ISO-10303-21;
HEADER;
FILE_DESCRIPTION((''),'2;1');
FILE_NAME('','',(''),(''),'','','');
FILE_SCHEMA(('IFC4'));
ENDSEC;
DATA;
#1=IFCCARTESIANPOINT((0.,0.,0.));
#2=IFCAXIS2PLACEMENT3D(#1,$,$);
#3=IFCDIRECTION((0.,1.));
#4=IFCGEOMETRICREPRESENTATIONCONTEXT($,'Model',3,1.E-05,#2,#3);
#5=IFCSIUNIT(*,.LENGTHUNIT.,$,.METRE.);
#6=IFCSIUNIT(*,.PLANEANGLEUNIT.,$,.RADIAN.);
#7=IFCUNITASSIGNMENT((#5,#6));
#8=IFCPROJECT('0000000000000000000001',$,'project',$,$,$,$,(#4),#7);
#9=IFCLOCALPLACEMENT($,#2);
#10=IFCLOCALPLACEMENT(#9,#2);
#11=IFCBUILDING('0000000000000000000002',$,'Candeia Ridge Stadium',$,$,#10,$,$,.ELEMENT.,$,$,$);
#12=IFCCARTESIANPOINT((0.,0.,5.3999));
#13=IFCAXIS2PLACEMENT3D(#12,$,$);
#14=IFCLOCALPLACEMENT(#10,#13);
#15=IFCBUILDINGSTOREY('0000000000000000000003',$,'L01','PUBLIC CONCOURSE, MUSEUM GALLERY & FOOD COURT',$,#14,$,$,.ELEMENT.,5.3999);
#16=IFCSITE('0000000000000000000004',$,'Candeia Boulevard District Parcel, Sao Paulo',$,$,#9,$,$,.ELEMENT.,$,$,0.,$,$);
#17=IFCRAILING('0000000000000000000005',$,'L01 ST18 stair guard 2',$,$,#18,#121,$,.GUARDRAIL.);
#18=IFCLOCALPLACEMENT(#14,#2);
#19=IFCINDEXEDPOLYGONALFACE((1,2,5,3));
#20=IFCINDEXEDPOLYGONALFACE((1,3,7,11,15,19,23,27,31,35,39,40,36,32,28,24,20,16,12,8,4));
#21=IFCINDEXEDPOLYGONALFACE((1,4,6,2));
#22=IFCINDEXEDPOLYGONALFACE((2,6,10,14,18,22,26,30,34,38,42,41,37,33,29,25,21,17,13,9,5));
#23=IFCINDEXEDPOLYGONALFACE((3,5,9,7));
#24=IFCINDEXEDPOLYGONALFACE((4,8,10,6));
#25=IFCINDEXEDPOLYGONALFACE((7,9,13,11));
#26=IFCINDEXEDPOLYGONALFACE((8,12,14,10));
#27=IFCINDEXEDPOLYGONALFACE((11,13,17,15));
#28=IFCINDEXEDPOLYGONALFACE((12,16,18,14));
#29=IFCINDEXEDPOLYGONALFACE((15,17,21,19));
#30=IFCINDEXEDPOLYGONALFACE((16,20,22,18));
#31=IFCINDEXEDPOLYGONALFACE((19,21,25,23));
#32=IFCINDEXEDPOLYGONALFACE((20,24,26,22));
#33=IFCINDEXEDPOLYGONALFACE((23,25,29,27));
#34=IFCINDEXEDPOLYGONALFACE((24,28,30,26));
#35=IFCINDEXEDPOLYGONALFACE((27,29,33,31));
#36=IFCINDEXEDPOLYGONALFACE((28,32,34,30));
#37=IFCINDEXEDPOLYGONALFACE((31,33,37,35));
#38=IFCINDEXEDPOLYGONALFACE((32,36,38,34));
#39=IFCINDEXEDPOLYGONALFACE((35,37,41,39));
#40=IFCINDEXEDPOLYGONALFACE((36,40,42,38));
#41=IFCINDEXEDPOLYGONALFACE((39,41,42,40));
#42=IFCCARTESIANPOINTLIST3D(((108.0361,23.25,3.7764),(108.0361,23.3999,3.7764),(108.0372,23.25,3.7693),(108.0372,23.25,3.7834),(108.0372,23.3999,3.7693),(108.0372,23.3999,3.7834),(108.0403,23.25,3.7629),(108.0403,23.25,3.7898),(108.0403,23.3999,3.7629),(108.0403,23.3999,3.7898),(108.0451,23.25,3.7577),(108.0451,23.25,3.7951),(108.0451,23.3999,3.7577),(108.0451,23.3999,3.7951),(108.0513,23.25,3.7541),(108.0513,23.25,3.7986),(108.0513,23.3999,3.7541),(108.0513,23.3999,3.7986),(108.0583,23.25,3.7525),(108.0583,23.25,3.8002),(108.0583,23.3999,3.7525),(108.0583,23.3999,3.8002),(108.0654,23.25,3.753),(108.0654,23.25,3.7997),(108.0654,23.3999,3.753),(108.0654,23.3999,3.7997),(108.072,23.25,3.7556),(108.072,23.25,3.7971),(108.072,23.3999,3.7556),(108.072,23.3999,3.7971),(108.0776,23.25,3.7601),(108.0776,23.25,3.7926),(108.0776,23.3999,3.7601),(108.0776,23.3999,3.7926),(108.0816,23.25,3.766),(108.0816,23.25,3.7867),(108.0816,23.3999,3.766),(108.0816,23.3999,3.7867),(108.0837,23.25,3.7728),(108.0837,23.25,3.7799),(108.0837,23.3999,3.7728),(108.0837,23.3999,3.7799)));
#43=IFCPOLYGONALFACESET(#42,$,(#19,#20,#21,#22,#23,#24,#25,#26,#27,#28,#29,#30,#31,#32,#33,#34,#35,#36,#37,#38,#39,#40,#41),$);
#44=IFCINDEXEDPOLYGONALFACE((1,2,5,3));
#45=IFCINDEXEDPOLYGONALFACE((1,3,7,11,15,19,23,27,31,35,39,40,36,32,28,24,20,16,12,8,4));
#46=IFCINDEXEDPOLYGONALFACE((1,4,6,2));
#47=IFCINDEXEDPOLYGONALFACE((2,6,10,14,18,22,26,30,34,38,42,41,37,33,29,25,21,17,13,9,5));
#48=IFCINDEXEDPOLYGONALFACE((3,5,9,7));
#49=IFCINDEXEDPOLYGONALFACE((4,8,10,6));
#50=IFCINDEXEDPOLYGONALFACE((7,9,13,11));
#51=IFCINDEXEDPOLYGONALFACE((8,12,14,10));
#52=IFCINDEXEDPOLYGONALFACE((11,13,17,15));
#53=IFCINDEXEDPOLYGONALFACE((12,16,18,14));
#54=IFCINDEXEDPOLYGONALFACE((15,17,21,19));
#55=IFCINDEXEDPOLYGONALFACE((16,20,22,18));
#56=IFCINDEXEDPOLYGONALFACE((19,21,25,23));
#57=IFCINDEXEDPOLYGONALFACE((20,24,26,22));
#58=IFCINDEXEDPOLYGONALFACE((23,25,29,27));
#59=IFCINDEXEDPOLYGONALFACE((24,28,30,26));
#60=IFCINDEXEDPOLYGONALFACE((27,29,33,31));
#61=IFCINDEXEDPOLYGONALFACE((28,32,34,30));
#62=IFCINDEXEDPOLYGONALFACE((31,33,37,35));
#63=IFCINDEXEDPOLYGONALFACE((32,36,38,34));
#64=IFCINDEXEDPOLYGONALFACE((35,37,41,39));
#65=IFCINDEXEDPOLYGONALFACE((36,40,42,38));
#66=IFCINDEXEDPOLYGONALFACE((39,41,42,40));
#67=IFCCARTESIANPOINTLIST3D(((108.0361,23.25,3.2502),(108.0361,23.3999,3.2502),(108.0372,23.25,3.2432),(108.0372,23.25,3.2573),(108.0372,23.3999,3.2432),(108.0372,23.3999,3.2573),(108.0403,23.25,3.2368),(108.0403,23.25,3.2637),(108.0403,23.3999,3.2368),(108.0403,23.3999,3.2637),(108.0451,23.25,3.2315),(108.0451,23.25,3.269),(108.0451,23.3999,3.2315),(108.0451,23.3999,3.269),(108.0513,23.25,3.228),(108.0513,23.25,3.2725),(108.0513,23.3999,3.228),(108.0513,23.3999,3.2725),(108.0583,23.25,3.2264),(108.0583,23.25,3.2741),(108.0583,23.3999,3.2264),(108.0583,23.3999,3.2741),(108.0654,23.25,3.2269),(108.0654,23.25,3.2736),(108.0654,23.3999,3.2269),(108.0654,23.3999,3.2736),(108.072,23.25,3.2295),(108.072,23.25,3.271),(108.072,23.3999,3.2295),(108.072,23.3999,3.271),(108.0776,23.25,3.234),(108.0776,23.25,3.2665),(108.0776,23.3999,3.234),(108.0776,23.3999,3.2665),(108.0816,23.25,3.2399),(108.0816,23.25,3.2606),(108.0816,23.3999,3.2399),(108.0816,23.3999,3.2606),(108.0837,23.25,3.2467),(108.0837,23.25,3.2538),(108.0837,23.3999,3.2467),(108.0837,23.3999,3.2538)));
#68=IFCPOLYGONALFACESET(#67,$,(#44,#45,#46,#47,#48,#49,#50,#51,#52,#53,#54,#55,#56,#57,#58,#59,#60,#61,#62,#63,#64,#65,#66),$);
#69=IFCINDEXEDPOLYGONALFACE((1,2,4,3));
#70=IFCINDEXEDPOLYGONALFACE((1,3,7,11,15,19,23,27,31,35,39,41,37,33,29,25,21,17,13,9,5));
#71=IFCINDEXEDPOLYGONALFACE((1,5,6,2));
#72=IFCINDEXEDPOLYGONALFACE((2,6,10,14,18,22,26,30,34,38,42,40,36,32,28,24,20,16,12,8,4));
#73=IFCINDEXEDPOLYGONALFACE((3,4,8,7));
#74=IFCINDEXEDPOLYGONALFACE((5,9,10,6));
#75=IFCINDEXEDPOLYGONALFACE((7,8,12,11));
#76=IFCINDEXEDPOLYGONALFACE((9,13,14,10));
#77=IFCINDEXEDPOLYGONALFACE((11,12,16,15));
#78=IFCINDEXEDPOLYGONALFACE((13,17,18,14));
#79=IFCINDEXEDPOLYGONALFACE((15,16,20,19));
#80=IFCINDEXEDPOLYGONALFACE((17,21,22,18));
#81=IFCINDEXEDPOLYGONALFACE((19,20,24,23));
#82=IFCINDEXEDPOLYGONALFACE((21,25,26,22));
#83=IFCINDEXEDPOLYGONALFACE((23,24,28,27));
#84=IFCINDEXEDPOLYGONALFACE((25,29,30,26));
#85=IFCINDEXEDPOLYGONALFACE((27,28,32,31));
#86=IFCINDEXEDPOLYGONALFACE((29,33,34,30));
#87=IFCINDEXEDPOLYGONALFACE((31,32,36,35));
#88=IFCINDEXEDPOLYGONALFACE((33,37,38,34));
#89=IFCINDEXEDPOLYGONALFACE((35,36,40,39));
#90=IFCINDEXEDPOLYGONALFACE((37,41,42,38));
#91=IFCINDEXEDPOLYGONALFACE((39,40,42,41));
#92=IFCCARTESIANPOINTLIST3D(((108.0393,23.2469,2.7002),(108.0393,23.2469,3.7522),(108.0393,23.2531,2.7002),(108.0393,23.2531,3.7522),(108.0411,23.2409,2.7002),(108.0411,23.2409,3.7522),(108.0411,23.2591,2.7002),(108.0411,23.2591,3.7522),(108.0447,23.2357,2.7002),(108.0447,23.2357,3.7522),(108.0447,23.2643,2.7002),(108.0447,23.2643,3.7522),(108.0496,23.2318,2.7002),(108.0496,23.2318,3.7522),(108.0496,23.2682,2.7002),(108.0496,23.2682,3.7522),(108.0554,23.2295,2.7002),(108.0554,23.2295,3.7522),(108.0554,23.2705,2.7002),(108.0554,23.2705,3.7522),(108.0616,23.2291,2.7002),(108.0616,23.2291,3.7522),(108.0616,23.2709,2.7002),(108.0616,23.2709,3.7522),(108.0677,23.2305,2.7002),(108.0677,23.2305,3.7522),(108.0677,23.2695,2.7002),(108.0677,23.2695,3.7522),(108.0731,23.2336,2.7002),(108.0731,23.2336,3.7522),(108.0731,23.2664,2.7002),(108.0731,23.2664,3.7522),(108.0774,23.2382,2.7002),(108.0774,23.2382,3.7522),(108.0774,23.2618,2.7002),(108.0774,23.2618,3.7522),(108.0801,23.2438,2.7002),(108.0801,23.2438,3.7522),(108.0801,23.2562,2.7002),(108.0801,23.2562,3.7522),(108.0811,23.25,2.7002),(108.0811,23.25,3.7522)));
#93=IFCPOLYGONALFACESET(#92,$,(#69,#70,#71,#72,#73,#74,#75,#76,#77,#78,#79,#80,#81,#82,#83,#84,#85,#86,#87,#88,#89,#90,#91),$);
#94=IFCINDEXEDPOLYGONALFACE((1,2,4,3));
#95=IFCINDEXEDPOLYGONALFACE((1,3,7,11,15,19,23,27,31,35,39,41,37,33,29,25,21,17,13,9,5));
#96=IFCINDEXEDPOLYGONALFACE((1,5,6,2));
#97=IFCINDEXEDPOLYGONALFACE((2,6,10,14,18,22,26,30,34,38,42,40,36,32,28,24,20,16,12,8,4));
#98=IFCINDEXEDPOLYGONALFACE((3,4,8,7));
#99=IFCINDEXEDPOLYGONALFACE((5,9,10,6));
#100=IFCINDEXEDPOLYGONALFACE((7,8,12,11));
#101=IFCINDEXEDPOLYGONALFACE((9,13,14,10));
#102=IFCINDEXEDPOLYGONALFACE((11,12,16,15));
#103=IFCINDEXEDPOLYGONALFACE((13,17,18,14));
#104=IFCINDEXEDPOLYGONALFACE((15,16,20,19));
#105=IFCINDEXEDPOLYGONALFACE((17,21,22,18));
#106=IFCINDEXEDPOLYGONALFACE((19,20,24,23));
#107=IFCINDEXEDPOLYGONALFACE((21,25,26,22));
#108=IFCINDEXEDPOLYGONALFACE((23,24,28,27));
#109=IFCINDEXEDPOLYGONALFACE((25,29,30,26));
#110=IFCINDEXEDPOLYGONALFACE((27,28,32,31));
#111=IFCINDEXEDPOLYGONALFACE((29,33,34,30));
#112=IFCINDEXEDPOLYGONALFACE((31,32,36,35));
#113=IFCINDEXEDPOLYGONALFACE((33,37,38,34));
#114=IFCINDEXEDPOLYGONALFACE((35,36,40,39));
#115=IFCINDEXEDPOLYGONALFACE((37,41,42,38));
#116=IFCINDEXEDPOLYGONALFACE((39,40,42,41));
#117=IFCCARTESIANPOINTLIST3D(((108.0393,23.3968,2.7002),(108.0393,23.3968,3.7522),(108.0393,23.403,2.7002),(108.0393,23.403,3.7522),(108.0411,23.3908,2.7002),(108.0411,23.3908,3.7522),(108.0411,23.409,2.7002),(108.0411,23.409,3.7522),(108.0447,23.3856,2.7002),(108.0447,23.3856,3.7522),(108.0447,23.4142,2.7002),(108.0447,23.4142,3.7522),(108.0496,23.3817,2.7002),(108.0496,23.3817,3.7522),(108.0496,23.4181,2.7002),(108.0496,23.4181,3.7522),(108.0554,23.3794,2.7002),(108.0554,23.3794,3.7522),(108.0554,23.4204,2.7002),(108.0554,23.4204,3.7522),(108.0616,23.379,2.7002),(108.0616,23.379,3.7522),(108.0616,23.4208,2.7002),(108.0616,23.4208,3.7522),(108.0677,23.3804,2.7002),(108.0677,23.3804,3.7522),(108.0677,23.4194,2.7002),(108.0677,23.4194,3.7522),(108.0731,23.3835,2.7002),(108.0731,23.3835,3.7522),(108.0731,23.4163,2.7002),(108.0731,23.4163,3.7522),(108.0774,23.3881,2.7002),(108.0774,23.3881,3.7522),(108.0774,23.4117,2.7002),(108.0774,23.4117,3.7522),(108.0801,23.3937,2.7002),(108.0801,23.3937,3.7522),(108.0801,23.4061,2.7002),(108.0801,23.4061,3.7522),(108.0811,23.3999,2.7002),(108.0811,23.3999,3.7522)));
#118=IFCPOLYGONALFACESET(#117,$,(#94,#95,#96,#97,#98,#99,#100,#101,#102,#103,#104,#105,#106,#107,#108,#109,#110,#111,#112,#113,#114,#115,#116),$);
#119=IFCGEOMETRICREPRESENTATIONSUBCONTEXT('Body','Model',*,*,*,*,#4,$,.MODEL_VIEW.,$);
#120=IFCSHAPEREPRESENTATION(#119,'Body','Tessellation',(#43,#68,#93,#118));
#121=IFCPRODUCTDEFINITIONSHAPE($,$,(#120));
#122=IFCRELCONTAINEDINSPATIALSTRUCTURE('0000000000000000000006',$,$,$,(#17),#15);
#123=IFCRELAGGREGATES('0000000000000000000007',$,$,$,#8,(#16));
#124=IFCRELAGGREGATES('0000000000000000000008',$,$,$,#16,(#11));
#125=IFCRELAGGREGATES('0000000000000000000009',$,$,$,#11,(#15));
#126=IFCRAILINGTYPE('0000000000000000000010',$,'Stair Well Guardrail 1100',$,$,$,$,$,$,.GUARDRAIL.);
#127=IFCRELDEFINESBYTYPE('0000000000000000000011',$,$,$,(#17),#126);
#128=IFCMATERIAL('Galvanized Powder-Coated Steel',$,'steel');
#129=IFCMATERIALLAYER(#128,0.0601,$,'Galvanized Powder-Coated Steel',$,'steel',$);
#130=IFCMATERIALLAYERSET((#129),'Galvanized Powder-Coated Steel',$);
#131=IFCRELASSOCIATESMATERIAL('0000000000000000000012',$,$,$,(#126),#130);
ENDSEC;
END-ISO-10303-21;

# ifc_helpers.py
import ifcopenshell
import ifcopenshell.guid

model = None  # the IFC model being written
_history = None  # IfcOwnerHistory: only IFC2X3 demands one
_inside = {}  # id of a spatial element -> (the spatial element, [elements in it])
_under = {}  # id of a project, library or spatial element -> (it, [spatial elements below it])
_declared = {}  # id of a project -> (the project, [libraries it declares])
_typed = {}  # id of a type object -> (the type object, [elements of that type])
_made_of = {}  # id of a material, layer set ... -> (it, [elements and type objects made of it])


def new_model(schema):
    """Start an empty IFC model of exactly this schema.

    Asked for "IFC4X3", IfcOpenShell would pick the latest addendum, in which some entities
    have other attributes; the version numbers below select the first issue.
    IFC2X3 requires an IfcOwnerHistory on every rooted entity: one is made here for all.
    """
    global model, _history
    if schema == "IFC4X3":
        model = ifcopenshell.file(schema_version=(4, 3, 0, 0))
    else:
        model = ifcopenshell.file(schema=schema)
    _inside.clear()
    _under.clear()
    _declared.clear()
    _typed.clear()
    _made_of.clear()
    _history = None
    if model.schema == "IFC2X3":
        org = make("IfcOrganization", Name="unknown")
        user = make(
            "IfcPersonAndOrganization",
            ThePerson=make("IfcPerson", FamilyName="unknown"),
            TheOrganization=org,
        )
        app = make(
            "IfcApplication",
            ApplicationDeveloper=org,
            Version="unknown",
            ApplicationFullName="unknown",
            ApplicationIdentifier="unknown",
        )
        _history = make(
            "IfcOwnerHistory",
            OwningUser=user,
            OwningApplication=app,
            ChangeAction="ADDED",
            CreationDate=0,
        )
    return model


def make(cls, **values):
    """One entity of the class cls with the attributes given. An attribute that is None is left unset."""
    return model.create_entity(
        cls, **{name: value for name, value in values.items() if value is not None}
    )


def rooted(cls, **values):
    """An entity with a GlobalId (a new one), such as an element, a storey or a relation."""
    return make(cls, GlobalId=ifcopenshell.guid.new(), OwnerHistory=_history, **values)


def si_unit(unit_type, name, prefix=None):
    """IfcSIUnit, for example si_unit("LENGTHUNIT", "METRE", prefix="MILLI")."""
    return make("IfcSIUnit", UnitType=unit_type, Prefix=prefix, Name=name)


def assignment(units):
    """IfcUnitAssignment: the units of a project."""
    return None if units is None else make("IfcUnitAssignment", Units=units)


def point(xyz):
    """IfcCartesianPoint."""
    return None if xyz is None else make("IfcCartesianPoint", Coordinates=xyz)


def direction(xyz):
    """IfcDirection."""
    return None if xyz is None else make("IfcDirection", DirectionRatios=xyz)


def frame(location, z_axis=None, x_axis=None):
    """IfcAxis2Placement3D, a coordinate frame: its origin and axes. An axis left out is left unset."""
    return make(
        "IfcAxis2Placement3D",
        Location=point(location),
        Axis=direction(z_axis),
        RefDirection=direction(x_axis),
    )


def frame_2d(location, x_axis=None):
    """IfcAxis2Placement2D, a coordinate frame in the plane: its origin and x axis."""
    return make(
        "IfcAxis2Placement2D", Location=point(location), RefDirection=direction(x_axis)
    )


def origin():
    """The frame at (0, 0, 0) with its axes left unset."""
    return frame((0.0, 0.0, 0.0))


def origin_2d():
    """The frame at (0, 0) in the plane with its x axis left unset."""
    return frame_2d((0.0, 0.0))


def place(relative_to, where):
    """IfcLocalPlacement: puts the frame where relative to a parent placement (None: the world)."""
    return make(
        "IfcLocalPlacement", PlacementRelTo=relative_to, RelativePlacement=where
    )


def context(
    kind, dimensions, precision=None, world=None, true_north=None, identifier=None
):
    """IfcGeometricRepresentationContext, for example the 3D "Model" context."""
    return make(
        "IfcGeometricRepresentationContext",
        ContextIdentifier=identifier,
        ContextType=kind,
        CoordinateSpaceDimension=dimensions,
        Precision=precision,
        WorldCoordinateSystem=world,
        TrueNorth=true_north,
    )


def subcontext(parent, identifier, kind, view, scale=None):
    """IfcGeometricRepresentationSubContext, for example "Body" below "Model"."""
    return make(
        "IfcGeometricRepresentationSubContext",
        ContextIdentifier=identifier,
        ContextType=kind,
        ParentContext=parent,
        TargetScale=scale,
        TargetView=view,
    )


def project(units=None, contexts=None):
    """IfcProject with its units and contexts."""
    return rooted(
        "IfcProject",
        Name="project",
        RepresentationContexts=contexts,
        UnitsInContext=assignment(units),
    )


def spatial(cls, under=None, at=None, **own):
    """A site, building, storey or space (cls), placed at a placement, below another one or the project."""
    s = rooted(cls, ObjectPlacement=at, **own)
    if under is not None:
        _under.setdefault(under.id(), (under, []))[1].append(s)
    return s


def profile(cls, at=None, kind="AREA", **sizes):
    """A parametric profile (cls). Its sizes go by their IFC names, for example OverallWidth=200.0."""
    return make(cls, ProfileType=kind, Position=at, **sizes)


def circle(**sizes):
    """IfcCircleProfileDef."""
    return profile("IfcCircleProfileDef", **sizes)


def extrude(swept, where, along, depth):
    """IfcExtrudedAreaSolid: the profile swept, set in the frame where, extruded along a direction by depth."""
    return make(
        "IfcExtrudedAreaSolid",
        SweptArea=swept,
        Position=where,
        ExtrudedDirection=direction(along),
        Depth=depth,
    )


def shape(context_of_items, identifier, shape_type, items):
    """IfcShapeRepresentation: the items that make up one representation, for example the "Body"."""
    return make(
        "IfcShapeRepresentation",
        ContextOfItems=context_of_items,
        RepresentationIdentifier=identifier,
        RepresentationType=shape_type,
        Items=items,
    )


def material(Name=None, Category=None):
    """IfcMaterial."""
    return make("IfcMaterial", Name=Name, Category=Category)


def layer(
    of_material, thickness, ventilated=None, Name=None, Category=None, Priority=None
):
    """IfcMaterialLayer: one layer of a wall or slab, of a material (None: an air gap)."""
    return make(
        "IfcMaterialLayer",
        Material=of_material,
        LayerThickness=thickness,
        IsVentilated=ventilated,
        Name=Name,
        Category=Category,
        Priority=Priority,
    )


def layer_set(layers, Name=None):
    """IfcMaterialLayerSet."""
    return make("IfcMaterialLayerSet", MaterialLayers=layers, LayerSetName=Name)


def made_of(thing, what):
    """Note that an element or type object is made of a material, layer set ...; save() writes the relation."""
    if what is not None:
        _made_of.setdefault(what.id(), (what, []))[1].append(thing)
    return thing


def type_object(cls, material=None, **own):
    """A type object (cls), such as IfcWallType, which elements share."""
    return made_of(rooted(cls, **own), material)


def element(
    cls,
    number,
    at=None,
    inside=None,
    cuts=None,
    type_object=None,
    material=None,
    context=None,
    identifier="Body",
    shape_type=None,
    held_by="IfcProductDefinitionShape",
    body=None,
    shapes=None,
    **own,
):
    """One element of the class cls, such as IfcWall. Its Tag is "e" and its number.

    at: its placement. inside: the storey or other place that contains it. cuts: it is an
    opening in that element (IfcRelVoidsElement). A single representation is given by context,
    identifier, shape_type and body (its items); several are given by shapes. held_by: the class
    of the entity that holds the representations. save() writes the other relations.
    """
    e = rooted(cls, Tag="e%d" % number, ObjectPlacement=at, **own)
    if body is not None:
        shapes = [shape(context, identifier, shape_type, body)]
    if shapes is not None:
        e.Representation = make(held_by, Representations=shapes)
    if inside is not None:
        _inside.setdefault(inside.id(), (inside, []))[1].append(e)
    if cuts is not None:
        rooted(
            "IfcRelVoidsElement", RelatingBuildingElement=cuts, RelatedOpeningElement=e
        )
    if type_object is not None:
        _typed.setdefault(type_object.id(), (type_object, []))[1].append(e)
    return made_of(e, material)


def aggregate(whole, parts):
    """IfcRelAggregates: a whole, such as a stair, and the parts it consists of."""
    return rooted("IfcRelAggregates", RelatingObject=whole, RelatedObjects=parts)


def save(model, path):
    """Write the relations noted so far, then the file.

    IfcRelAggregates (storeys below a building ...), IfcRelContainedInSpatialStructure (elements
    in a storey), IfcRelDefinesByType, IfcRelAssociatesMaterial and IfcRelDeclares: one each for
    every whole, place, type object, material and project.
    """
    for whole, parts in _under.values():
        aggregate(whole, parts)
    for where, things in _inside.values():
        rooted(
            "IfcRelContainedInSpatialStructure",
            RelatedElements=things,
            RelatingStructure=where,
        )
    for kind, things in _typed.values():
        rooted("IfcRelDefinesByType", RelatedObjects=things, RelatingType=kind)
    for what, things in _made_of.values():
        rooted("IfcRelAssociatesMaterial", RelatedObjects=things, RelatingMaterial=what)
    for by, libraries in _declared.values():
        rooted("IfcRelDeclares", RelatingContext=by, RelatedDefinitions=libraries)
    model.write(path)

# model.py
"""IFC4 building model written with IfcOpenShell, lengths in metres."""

from ifc_helpers import new_model, si_unit, direction, frame, origin, origin_2d, place, context, subcontext, project, spatial, circle, extrude, material, layer, layer_set, type_object, element, save


model = new_model("IFC4")

# Units and contexts
model_context = context("Model", 3, precision=1e-05, world=origin(), true_north=direction((0.0, 1.0)))
body_context = subcontext(model_context, "Body", "Model", "MODEL_VIEW")
ifc_project = project(units=[si_unit("LENGTHUNIT", "METRE"), si_unit("PLANEANGLEUNIT", "RADIAN")], contexts=[model_context])

# Site, building, storey
site_placement = place(None, origin())
site = spatial("IfcSite", under=ifc_project, at=site_placement, Name="Candeia Boulevard District Parcel, Sao Paulo", CompositionType="ELEMENT", RefElevation=0.0)
building_placement = place(site_placement, origin())
building = spatial("IfcBuilding", under=site, at=building_placement, Name="Candeia Ridge Stadium", CompositionType="ELEMENT")
storey_placement = place(building_placement, frame((0.0, 0.0, 5.3999)))
storey = spatial("IfcBuildingStorey", under=building, at=storey_placement, Name="L01", Description="PUBLIC CONCOURSE, MUSEUM GALLERY & FOOD COURT", CompositionType="ELEMENT", Elevation=5.3999)

# Railing
ifc_material_1 = material(Name="Galvanized Powder-Coated Steel", Category="steel")
ifc_layer_1 = layer(ifc_material_1, 0.0601, Name="Galvanized Powder-Coated Steel", Category="steel")
ifc_layer_set_1 = layer_set([ifc_layer_1], Name="Galvanized Powder-Coated Steel")
railing_type_1 = type_object("IfcRailingType", Name="Stair Well Guardrail 1100", PredefinedType="GUARDRAIL", material=ifc_layer_set_1)
railing_1_placement = place(storey_placement, frame((108.0601, 23.25, 2.7002)))
element("IfcRailing", 1, at=railing_1_placement, inside=storey, type_object=railing_type_1, Name="L01 ST18 stair guard 2", PredefinedType="GUARDRAIL", context=body_context, shape_type="SweptSolid", body=[
    extrude(circle(Radius=0.0239, at=origin_2d()), frame((0.0, 0.0, 1.0762), z_axis=(0.0, 1.0, 0.0), x_axis=(-1.0, 0.0, 0.0)), (0.0, 0.0, 1.0), 0.1499),
    extrude(circle(Radius=0.0239, at=origin_2d()), frame((0.0, 0.0, 0.55), z_axis=(0.0, 1.0, 0.0), x_axis=(-1.0, 0.0, 0.0)), (0.0, 0.0, 1.0), 0.1499),
    extrude(circle(Radius=0.021, at=origin_2d()), origin(), (0.0, 0.0, 1.0), 1.052),
    extrude(circle(Radius=0.021, at=origin_2d()), frame((0.0, 0.1499, 0.0)), (0.0, 0.0, 1.0), 1.052),
])

save(model, "model.ifc")
